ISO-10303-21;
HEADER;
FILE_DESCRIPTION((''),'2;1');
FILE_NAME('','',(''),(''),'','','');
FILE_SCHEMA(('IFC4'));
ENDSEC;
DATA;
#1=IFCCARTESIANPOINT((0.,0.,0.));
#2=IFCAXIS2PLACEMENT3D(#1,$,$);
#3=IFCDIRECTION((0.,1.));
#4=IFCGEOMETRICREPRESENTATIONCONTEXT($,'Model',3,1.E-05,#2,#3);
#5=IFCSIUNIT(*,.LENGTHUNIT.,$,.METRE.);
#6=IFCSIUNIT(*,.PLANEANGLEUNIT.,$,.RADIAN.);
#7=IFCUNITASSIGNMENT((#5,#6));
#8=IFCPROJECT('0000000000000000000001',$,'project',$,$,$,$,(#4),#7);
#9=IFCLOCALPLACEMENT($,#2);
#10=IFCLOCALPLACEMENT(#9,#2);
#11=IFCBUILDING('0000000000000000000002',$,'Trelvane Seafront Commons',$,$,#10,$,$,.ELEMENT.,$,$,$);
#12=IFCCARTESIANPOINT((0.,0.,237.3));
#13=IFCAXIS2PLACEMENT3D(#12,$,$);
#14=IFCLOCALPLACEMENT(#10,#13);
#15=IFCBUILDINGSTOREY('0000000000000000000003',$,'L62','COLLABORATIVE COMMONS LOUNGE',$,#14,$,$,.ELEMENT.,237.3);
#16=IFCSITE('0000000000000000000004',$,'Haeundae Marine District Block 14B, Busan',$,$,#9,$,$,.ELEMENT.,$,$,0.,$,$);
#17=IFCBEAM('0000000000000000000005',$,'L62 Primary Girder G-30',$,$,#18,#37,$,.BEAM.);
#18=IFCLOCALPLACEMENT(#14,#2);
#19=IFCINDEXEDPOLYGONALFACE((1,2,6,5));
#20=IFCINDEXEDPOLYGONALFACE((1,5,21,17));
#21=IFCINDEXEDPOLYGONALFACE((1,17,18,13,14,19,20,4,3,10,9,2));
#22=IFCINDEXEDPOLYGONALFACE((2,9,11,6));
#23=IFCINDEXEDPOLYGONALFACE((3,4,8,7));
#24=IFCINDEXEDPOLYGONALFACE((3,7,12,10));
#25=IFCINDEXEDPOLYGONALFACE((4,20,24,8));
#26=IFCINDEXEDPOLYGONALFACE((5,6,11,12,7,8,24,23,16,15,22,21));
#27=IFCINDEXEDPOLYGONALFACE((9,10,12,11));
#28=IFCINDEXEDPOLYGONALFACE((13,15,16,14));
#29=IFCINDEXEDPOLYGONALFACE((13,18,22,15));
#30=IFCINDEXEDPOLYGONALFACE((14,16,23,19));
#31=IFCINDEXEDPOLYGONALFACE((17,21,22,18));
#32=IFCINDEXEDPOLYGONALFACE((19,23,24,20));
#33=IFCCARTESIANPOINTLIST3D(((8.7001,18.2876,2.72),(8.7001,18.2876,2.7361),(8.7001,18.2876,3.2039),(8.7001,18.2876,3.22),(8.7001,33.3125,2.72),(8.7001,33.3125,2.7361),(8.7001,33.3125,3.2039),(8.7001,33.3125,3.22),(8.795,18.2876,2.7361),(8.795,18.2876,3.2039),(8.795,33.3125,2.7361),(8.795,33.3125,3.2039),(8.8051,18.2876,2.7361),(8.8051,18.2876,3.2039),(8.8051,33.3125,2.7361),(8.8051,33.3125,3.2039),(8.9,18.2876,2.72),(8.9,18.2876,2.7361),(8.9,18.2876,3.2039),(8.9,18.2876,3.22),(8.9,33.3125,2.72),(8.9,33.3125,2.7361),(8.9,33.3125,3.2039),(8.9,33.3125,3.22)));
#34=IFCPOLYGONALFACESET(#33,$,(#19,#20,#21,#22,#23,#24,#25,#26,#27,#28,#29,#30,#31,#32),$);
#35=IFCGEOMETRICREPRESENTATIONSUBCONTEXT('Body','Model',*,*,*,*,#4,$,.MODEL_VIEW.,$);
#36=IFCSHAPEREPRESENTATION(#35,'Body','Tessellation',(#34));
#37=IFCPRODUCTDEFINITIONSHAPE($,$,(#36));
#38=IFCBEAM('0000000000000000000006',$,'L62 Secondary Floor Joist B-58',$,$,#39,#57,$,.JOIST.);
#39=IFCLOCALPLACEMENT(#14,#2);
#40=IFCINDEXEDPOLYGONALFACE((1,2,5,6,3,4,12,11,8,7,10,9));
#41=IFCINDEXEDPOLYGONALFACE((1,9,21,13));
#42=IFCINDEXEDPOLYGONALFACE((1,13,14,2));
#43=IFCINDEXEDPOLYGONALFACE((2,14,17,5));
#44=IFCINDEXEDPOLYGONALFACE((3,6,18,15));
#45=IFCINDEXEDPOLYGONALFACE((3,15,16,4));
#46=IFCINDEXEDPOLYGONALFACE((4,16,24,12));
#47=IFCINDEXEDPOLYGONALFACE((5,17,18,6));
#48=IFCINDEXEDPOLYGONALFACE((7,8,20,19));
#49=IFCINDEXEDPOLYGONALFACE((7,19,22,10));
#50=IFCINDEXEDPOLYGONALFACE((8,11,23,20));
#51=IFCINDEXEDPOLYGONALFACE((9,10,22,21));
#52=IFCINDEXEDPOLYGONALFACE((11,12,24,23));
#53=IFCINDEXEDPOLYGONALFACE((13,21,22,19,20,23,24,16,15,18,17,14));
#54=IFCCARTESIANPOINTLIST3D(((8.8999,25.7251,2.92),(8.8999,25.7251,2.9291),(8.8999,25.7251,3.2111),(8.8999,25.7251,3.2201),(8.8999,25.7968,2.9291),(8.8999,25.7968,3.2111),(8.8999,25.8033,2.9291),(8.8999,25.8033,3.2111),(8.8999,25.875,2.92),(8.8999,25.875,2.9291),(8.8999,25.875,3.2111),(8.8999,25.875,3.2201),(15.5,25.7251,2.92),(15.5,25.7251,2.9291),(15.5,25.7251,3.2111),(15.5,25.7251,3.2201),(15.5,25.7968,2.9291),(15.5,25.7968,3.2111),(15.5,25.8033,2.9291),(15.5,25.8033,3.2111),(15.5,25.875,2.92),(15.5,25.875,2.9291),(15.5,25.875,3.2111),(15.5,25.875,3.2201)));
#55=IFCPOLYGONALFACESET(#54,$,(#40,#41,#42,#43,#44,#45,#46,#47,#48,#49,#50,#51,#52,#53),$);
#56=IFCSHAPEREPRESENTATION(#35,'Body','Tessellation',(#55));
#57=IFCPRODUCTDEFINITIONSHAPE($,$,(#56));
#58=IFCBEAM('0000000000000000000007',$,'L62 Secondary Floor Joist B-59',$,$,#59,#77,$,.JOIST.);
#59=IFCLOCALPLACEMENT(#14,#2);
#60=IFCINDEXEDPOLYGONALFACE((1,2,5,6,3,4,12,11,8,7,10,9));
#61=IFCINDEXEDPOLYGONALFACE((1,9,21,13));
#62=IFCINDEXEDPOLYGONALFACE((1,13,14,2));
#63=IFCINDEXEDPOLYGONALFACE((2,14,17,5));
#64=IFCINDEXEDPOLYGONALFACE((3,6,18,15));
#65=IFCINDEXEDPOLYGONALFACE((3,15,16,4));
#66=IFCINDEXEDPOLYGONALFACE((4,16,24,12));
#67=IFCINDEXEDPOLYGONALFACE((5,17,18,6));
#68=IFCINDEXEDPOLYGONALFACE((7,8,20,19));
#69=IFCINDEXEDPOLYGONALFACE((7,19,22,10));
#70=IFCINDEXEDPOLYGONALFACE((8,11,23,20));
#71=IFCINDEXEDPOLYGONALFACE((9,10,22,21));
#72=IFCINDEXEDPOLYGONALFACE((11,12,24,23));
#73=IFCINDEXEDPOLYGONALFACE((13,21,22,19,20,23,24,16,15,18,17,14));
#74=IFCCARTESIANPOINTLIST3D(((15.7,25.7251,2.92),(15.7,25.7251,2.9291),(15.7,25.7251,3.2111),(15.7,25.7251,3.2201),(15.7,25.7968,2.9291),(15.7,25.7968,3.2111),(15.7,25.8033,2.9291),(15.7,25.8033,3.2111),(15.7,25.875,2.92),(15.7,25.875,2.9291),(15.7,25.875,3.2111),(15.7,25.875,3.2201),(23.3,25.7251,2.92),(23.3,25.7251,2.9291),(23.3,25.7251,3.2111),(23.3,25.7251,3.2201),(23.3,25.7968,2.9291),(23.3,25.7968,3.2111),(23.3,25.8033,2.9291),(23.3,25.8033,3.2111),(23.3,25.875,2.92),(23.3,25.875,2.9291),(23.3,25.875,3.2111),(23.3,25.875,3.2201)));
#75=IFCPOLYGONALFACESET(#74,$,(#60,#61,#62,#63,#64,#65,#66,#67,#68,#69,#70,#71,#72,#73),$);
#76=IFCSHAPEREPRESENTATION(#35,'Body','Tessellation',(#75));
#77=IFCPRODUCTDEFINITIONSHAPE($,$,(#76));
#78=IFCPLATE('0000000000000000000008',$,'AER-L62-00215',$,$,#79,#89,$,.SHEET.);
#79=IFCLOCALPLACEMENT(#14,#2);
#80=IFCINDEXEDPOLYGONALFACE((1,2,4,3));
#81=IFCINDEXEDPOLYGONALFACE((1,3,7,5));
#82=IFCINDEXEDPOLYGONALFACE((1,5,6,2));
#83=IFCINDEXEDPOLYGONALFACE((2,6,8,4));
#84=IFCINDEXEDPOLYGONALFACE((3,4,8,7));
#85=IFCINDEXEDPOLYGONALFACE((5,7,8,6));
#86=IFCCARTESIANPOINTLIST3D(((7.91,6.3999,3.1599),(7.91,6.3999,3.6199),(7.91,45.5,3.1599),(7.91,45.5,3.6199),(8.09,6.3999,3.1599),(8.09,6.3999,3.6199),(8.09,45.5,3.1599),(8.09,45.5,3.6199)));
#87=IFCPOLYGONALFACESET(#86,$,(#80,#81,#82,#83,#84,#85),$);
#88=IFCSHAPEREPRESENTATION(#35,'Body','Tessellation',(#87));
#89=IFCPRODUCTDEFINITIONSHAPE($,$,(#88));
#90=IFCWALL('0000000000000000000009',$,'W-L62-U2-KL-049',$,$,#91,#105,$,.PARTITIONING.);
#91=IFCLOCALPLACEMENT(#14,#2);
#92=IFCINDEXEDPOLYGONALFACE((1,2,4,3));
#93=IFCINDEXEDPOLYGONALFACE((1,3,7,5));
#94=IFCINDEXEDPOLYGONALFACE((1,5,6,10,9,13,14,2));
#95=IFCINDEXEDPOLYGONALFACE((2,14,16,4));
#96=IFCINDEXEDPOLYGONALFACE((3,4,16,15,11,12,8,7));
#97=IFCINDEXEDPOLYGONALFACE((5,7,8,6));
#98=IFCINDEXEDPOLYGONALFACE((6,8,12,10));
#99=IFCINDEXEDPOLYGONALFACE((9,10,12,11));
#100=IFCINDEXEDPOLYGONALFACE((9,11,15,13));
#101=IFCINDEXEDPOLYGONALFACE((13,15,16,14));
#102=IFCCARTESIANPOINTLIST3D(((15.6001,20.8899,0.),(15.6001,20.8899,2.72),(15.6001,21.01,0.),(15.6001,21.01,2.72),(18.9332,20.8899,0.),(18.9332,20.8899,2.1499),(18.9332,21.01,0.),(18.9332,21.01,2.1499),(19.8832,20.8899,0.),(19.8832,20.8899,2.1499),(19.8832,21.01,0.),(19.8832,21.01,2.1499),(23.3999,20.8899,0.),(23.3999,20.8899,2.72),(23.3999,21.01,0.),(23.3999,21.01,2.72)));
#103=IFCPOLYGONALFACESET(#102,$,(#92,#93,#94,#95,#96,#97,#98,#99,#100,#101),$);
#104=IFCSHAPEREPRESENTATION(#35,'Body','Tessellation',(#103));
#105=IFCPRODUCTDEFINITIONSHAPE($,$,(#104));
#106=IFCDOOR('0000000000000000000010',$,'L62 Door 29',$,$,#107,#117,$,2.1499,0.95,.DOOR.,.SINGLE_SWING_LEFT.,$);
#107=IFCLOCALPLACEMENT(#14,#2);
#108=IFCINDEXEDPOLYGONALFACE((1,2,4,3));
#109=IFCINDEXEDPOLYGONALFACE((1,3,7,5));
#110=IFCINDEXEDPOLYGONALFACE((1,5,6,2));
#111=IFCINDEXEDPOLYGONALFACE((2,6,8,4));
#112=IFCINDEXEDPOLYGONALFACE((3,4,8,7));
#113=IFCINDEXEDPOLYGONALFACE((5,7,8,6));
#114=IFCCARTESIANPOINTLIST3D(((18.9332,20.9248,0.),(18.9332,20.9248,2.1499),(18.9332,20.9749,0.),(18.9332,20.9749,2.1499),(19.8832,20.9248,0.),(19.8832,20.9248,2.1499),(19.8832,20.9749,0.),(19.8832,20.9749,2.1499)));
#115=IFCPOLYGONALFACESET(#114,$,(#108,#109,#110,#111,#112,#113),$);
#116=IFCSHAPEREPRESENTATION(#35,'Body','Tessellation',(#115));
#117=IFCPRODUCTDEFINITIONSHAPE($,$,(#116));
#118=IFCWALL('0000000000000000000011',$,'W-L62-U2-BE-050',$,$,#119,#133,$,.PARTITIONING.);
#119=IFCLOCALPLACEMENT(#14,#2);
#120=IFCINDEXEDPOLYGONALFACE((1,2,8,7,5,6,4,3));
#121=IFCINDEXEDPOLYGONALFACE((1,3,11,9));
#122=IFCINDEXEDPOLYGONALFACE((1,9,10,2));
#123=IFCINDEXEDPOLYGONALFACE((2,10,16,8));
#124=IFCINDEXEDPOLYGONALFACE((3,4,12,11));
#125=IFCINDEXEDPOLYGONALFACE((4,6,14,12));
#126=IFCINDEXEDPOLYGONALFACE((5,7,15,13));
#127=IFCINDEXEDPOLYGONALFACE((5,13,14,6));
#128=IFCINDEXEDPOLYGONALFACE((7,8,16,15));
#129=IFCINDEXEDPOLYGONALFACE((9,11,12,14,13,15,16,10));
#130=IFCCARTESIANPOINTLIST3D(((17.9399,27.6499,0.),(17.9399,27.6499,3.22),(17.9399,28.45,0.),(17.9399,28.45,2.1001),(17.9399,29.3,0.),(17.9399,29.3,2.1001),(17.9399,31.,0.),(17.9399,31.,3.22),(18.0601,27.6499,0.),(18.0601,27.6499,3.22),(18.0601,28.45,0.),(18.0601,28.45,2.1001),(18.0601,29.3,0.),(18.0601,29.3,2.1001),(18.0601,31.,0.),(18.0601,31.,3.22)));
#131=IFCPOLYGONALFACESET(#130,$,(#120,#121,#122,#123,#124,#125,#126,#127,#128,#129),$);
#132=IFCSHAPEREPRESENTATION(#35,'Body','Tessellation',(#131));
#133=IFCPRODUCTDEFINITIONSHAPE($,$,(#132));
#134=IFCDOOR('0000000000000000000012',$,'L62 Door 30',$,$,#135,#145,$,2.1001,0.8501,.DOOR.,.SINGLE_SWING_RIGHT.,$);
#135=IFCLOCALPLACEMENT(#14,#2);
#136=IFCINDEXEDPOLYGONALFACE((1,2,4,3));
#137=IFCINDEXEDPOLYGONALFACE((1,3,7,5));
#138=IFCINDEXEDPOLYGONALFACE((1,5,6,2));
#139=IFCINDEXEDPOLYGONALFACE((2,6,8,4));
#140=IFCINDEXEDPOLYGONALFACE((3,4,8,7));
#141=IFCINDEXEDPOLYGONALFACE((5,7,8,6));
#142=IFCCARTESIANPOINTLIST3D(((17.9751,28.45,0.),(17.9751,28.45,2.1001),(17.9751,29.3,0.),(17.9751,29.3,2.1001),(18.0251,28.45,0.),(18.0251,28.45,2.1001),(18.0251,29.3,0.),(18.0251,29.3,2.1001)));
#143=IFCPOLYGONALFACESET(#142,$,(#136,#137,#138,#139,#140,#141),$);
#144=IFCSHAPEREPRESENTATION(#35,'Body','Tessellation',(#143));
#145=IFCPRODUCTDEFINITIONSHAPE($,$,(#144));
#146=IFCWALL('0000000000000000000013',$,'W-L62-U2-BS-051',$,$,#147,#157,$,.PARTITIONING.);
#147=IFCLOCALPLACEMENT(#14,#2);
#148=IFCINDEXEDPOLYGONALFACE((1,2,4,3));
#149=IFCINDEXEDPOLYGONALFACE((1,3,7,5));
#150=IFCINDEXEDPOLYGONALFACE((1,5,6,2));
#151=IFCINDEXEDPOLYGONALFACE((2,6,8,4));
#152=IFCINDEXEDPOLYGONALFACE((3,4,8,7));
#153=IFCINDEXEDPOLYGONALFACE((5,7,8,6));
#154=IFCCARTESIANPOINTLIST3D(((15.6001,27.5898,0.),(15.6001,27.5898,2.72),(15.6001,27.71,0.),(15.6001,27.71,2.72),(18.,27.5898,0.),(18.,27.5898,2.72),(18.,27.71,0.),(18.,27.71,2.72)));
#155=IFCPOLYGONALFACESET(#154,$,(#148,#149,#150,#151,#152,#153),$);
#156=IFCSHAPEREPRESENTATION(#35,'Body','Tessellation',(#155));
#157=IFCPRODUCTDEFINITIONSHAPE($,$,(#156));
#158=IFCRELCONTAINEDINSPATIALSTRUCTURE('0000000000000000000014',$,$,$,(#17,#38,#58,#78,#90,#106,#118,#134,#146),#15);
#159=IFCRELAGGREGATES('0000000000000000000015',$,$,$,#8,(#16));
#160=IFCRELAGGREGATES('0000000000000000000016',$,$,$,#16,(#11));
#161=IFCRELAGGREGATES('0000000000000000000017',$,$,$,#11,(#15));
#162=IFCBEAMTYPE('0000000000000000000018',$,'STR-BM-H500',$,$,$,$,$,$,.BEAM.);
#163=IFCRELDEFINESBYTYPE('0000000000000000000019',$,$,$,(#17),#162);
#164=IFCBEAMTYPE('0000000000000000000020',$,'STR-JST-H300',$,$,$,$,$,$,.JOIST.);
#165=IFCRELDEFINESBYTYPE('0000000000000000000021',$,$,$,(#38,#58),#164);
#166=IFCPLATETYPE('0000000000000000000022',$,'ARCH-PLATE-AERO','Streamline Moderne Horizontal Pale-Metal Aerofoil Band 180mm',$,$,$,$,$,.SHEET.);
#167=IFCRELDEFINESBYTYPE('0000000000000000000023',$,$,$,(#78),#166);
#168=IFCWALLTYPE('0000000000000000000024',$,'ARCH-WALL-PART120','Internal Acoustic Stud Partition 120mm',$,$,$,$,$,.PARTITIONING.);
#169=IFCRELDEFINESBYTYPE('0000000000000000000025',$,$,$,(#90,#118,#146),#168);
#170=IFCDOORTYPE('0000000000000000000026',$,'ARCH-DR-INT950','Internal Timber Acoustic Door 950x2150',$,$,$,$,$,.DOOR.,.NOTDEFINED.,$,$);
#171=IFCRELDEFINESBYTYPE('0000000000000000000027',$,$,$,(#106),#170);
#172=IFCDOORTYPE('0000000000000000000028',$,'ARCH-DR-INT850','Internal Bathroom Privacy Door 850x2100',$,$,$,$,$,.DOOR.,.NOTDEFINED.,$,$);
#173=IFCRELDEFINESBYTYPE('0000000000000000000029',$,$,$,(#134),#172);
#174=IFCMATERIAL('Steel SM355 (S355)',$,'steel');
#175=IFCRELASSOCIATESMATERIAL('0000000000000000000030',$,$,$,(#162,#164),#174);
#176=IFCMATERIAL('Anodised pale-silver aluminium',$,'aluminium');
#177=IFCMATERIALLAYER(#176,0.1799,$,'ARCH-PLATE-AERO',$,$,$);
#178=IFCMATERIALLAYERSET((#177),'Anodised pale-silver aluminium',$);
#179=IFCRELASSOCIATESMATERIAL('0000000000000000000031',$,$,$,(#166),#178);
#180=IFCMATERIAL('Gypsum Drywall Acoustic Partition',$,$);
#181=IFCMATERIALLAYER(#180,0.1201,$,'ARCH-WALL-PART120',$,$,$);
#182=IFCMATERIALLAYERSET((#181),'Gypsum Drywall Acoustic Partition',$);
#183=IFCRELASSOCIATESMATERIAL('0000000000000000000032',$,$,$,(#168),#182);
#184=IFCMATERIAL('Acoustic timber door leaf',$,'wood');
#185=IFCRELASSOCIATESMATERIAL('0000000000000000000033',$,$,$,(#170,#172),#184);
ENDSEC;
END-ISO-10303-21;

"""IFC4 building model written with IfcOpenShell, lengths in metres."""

from ifc_helpers import new_model, si_unit, direction, frame, frame_2d, origin, origin_2d, place, context, subcontext, project, spatial, rectangle, i_section, extrude, source, transform, mapped, material, layer, layer_set, material_profile, profile_set, type_object, element, fill, save


model = new_model("IFC4")

# Units and contexts
model_context = context("Model", 3, precision=1e-05, world=origin(), true_north=direction((0.0, 1.0)))
body_context = subcontext(model_context, "Body", "Model", "MODEL_VIEW")
ifc_project = project(units=[si_unit("LENGTHUNIT", "METRE"), si_unit("PLANEANGLEUNIT", "RADIAN")], contexts=[model_context])

# Site, building, storey
site_placement = place(None, origin())
site = spatial("IfcSite", under=ifc_project, at=site_placement, Name="Haeundae Marine District Block 14B, Busan", CompositionType="ELEMENT", RefElevation=0.0)
building_placement = place(site_placement, origin())
building = spatial("IfcBuilding", under=site, at=building_placement, Name="Trelvane Seafront Commons", CompositionType="ELEMENT")
storey_placement = place(building_placement, frame((0.0, 0.0, 237.3)))
storey = spatial("IfcBuildingStorey", under=building, at=storey_placement, Name="L62", Description="COLLABORATIVE COMMONS LOUNGE", CompositionType="ELEMENT", Elevation=237.3)

# Shared definitions
ifc_material_1 = material(Name="Steel SM355 (S355)", Category="steel")

# Beams
ifc_material_profile_1 = material_profile(ifc_material_1, i_section(OverallWidth=0.2, OverallDepth=0.5, WebThickness=0.01, FlangeThickness=0.0161, at=origin_2d()), Name="H-500x200x10x16")
ifc_profile_set_1 = profile_set([ifc_material_profile_1], Name="Steel SM355 (S355)")
beam_type_1 = type_object("IfcBeamType", Name="STR-BM-H500", PredefinedType="BEAM", material=ifc_profile_set_1)
shared_shape_1 = source(origin(), body_context, "Body", "SweptSolid", [
    extrude(i_section(OverallWidth=0.2, OverallDepth=0.5, WebThickness=0.01, FlangeThickness=0.0161, at=origin_2d()), origin(), (0.0, 0.0, 1.0), 15.0249),
])
beam_1_placement = place(storey_placement, frame((8.8, 18.2876, 2.97), z_axis=(0.0, 1.0, 0.0), x_axis=(-1.0, 0.0, 0.0)))
element("IfcBeam", 1, at=beam_1_placement, inside=storey, type_object=beam_type_1, Name="L62 Primary Girder G-30", PredefinedType="BEAM", context=body_context, shape_type="MappedRepresentation", body=[
    mapped(shared_shape_1, transform((0.0, 0.0, 0.0), x_axis=(1.0, 0.0, 0.0), y_axis=(0.0, 1.0, 0.0), z_axis=(0.0, 0.0, 1.0), scale=1.0)),
])
ifc_material_profile_2 = material_profile(ifc_material_1, i_section(OverallWidth=0.1499, OverallDepth=0.3, WebThickness=0.0066, FlangeThickness=0.009, at=origin_2d()), Name="H-300x150x6.5x9")
ifc_profile_set_2 = profile_set([ifc_material_profile_2], Name="Steel SM355 (S355)")
beam_type_2 = type_object("IfcBeamType", Name="STR-JST-H300", PredefinedType="JOIST", material=ifc_profile_set_2)
shared_shape_2 = source(origin(), body_context, "Body", "SweptSolid", [
    extrude(i_section(OverallWidth=0.1499, OverallDepth=0.3, WebThickness=0.0066, FlangeThickness=0.009, at=origin_2d()), origin(), (0.0, 0.0, 1.0), 6.6001),
])
beam_2_placement = place(storey_placement, frame((8.8999, 25.8, 3.0701), z_axis=(1.0, 0.0, 0.0), x_axis=(0.0, 1.0, 0.0)))
element("IfcBeam", 2, at=beam_2_placement, inside=storey, type_object=beam_type_2, Name="L62 Secondary Floor Joist B-58", PredefinedType="JOIST", context=body_context, shape_type="MappedRepresentation", body=[
    mapped(shared_shape_2, transform((0.0, 0.0, 0.0), x_axis=(1.0, 0.0, 0.0), y_axis=(0.0, 1.0, 0.0), z_axis=(0.0, 0.0, 1.0), scale=1.0)),
])
shared_shape_3 = source(origin(), body_context, "Body", "SweptSolid", [
    extrude(i_section(OverallWidth=0.1499, OverallDepth=0.3, WebThickness=0.0066, FlangeThickness=0.009, at=origin_2d()), origin(), (0.0, 0.0, 1.0), 7.6001),
])
beam_3_placement = place(storey_placement, frame((15.7, 25.8, 3.0701), z_axis=(1.0, 0.0, 0.0), x_axis=(0.0, 1.0, 0.0)))
element("IfcBeam", 3, at=beam_3_placement, inside=storey, type_object=beam_type_2, Name="L62 Secondary Floor Joist B-59", PredefinedType="JOIST", context=body_context, shape_type="MappedRepresentation", body=[
    mapped(shared_shape_3, transform((0.0, 0.0, 0.0), x_axis=(1.0, 0.0, 0.0), y_axis=(0.0, 1.0, 0.0), z_axis=(0.0, 0.0, 1.0), scale=1.0)),
])

# Plate
ifc_material_2 = material(Name="Anodised pale-silver aluminium", Category="aluminium")
ifc_layer_1 = layer(ifc_material_2, 0.1799, Name="ARCH-PLATE-AERO")
ifc_layer_set_1 = layer_set([ifc_layer_1], Name="Anodised pale-silver aluminium")
plate_type = type_object("IfcPlateType", Name="ARCH-PLATE-AERO", Description="Streamline Moderne Horizontal Pale-Metal Aerofoil Band 180mm", PredefinedType="SHEET", material=ifc_layer_set_1)
shared_shape_4 = source(origin(), body_context, "Body", "SweptSolid", [
    extrude(rectangle(XDim=39.1001, YDim=0.1799, at=origin_2d()), origin(), (0.0, 0.0, 1.0), 0.46),
])
plate_placement = place(storey_placement, frame((8.0, 25.95, 3.1599), z_axis=(0.0, 0.0, 1.0), x_axis=(0.0, 1.0, 0.0)))
element("IfcPlate", 4, at=plate_placement, inside=storey, type_object=plate_type, Name="AER-L62-00215", PredefinedType="SHEET", context=body_context, shape_type="MappedRepresentation", body=[
    mapped(shared_shape_4, transform((0.0, 0.0, 0.0), x_axis=(1.0, 0.0, 0.0), y_axis=(0.0, 1.0, 0.0), z_axis=(0.0, 0.0, 1.0), scale=1.0)),
])

# Walls, openings, doors
ifc_material_3 = material(Name="Gypsum Drywall Acoustic Partition")
ifc_layer_2 = layer(ifc_material_3, 0.1201, Name="ARCH-WALL-PART120")
ifc_layer_set_2 = layer_set([ifc_layer_2], Name="Gypsum Drywall Acoustic Partition")
wall_type_1 = type_object("IfcWallType", Name="ARCH-WALL-PART120", Description="Internal Acoustic Stud Partition 120mm", PredefinedType="PARTITIONING", material=ifc_layer_set_2)
wall_1_placement = place(storey_placement, frame((15.6001, 20.95, 0.0), z_axis=(0.0, 0.0, 1.0), x_axis=(1.0, 0.0, 0.0)))
wall_1 = element("IfcWall", 5, at=wall_1_placement, inside=storey, type_object=wall_type_1, Name="W-L62-U2-KL-049", PredefinedType="PARTITIONING", context=body_context, shape_type="SweptSolid", body=[
    extrude(rectangle(XDim=7.7998, YDim=0.1201, at=frame_2d((3.8999, 0.0))), origin(), (0.0, 0.0, 1.0), 2.72),
])
opening_1_placement = place(wall_1_placement, frame((3.333, 0.0, 0.0)))
opening_1 = element("IfcOpeningElement", 6, at=opening_1_placement, cuts=wall_1, PredefinedType="OPENING", context=body_context, shape_type="SweptSolid", body=[
    extrude(rectangle(XDim=0.95, YDim=2.1499, at=frame_2d((0.4751, 1.075))), frame((0.0, 0.0701, 0.0), z_axis=(0.0, -1.0, 0.0), x_axis=(1.0, 0.0, 0.0)), (0.0, 0.0, 1.0), 0.1401),
])
ifc_material_4 = material(Name="Acoustic timber door leaf", Category="wood")
door_type_1 = type_object("IfcDoorType", Name="ARCH-DR-INT950", Description="Internal Timber Acoustic Door 950x2150", OperationType="NOTDEFINED", PredefinedType="DOOR", material=ifc_material_4)
shared_shape_5 = source(origin(), body_context, "Body", "SweptSolid", [
    extrude(rectangle(XDim=0.95, YDim=2.1499, at=frame_2d((0.4751, 1.075))), frame((0.0, 0.0249, 0.0), z_axis=(0.0, -1.0, 0.0), x_axis=(1.0, 0.0, 0.0)), (0.0, 0.0, 1.0), 0.05),
])
door_1_placement = place(opening_1_placement, origin())
door_1 = element("IfcDoor", 7, at=door_1_placement, inside=storey, type_object=door_type_1, Name="L62 Door 29", OperationType="SINGLE_SWING_LEFT", OverallHeight=2.1499, OverallWidth=0.95, PredefinedType="DOOR", context=body_context, shape_type="MappedRepresentation", body=[
    mapped(shared_shape_5, transform((0.0, 0.0, 0.0), x_axis=(1.0, 0.0, 0.0), y_axis=(0.0, 1.0, 0.0), z_axis=(0.0, 0.0, 1.0), scale=1.0)),
])
fill(opening_1, door_1)
wall_2_placement = place(storey_placement, frame((18.0, 27.6499, 0.0), z_axis=(0.0, 0.0, 1.0), x_axis=(0.0, 1.0, 0.0)))
wall_2 = element("IfcWall", 8, at=wall_2_placement, inside=storey, type_object=wall_type_1, Name="W-L62-U2-BE-050", PredefinedType="PARTITIONING", context=body_context, shape_type="SweptSolid", body=[
    extrude(rectangle(XDim=3.3501, YDim=0.1201, at=frame_2d((1.675, 0.0))), origin(), (0.0, 0.0, 1.0), 3.22),
])
opening_2_placement = place(wall_2_placement, frame((0.8, 0.0, 0.0)))
opening_2 = element("IfcOpeningElement", 9, at=opening_2_placement, cuts=wall_2, PredefinedType="OPENING", context=body_context, shape_type="SweptSolid", body=[
    extrude(rectangle(XDim=0.8501, YDim=2.1001, at=frame_2d((0.425, 1.05))), frame((0.0, 0.0701, 0.0), z_axis=(0.0, -1.0, 0.0), x_axis=(1.0, 0.0, 0.0)), (0.0, 0.0, 1.0), 0.1401),
])
door_type_2 = type_object("IfcDoorType", Name="ARCH-DR-INT850", Description="Internal Bathroom Privacy Door 850x2100", OperationType="NOTDEFINED", PredefinedType="DOOR", material=ifc_material_4)
shared_shape_6 = source(origin(), body_context, "Body", "SweptSolid", [
    extrude(rectangle(XDim=0.8501, YDim=2.1001, at=frame_2d((0.425, 1.05))), frame((0.0, 0.0249, 0.0), z_axis=(0.0, -1.0, 0.0), x_axis=(1.0, 0.0, 0.0)), (0.0, 0.0, 1.0), 0.05),
])
door_2_placement = place(opening_2_placement, origin())
door_2 = element("IfcDoor", 10, at=door_2_placement, inside=storey, type_object=door_type_2, Name="L62 Door 30", OperationType="SINGLE_SWING_RIGHT", OverallHeight=2.1001, OverallWidth=0.8501, PredefinedType="DOOR", context=body_context, shape_type="MappedRepresentation", body=[
    mapped(shared_shape_6, transform((0.0, 0.0, 0.0), x_axis=(1.0, 0.0, 0.0), y_axis=(0.0, 1.0, 0.0), z_axis=(0.0, 0.0, 1.0), scale=1.0)),
])
fill(opening_2, door_2)

# Wall
wall_3_placement = place(storey_placement, frame((15.6001, 27.6499, 0.0), z_axis=(0.0, 0.0, 1.0), x_axis=(1.0, 0.0, 0.0)))
element("IfcWall", 11, at=wall_3_placement, inside=storey, type_object=wall_type_1, Name="W-L62-U2-BS-051", PredefinedType="PARTITIONING", context=body_context, shape_type="SweptSolid", body=[
    extrude(rectangle(XDim=2.3999, YDim=0.1201, at=frame_2d((1.2, 0.0))), origin(), (0.0, 0.0, 1.0), 2.72),
])

save(model, "model.ifc")
